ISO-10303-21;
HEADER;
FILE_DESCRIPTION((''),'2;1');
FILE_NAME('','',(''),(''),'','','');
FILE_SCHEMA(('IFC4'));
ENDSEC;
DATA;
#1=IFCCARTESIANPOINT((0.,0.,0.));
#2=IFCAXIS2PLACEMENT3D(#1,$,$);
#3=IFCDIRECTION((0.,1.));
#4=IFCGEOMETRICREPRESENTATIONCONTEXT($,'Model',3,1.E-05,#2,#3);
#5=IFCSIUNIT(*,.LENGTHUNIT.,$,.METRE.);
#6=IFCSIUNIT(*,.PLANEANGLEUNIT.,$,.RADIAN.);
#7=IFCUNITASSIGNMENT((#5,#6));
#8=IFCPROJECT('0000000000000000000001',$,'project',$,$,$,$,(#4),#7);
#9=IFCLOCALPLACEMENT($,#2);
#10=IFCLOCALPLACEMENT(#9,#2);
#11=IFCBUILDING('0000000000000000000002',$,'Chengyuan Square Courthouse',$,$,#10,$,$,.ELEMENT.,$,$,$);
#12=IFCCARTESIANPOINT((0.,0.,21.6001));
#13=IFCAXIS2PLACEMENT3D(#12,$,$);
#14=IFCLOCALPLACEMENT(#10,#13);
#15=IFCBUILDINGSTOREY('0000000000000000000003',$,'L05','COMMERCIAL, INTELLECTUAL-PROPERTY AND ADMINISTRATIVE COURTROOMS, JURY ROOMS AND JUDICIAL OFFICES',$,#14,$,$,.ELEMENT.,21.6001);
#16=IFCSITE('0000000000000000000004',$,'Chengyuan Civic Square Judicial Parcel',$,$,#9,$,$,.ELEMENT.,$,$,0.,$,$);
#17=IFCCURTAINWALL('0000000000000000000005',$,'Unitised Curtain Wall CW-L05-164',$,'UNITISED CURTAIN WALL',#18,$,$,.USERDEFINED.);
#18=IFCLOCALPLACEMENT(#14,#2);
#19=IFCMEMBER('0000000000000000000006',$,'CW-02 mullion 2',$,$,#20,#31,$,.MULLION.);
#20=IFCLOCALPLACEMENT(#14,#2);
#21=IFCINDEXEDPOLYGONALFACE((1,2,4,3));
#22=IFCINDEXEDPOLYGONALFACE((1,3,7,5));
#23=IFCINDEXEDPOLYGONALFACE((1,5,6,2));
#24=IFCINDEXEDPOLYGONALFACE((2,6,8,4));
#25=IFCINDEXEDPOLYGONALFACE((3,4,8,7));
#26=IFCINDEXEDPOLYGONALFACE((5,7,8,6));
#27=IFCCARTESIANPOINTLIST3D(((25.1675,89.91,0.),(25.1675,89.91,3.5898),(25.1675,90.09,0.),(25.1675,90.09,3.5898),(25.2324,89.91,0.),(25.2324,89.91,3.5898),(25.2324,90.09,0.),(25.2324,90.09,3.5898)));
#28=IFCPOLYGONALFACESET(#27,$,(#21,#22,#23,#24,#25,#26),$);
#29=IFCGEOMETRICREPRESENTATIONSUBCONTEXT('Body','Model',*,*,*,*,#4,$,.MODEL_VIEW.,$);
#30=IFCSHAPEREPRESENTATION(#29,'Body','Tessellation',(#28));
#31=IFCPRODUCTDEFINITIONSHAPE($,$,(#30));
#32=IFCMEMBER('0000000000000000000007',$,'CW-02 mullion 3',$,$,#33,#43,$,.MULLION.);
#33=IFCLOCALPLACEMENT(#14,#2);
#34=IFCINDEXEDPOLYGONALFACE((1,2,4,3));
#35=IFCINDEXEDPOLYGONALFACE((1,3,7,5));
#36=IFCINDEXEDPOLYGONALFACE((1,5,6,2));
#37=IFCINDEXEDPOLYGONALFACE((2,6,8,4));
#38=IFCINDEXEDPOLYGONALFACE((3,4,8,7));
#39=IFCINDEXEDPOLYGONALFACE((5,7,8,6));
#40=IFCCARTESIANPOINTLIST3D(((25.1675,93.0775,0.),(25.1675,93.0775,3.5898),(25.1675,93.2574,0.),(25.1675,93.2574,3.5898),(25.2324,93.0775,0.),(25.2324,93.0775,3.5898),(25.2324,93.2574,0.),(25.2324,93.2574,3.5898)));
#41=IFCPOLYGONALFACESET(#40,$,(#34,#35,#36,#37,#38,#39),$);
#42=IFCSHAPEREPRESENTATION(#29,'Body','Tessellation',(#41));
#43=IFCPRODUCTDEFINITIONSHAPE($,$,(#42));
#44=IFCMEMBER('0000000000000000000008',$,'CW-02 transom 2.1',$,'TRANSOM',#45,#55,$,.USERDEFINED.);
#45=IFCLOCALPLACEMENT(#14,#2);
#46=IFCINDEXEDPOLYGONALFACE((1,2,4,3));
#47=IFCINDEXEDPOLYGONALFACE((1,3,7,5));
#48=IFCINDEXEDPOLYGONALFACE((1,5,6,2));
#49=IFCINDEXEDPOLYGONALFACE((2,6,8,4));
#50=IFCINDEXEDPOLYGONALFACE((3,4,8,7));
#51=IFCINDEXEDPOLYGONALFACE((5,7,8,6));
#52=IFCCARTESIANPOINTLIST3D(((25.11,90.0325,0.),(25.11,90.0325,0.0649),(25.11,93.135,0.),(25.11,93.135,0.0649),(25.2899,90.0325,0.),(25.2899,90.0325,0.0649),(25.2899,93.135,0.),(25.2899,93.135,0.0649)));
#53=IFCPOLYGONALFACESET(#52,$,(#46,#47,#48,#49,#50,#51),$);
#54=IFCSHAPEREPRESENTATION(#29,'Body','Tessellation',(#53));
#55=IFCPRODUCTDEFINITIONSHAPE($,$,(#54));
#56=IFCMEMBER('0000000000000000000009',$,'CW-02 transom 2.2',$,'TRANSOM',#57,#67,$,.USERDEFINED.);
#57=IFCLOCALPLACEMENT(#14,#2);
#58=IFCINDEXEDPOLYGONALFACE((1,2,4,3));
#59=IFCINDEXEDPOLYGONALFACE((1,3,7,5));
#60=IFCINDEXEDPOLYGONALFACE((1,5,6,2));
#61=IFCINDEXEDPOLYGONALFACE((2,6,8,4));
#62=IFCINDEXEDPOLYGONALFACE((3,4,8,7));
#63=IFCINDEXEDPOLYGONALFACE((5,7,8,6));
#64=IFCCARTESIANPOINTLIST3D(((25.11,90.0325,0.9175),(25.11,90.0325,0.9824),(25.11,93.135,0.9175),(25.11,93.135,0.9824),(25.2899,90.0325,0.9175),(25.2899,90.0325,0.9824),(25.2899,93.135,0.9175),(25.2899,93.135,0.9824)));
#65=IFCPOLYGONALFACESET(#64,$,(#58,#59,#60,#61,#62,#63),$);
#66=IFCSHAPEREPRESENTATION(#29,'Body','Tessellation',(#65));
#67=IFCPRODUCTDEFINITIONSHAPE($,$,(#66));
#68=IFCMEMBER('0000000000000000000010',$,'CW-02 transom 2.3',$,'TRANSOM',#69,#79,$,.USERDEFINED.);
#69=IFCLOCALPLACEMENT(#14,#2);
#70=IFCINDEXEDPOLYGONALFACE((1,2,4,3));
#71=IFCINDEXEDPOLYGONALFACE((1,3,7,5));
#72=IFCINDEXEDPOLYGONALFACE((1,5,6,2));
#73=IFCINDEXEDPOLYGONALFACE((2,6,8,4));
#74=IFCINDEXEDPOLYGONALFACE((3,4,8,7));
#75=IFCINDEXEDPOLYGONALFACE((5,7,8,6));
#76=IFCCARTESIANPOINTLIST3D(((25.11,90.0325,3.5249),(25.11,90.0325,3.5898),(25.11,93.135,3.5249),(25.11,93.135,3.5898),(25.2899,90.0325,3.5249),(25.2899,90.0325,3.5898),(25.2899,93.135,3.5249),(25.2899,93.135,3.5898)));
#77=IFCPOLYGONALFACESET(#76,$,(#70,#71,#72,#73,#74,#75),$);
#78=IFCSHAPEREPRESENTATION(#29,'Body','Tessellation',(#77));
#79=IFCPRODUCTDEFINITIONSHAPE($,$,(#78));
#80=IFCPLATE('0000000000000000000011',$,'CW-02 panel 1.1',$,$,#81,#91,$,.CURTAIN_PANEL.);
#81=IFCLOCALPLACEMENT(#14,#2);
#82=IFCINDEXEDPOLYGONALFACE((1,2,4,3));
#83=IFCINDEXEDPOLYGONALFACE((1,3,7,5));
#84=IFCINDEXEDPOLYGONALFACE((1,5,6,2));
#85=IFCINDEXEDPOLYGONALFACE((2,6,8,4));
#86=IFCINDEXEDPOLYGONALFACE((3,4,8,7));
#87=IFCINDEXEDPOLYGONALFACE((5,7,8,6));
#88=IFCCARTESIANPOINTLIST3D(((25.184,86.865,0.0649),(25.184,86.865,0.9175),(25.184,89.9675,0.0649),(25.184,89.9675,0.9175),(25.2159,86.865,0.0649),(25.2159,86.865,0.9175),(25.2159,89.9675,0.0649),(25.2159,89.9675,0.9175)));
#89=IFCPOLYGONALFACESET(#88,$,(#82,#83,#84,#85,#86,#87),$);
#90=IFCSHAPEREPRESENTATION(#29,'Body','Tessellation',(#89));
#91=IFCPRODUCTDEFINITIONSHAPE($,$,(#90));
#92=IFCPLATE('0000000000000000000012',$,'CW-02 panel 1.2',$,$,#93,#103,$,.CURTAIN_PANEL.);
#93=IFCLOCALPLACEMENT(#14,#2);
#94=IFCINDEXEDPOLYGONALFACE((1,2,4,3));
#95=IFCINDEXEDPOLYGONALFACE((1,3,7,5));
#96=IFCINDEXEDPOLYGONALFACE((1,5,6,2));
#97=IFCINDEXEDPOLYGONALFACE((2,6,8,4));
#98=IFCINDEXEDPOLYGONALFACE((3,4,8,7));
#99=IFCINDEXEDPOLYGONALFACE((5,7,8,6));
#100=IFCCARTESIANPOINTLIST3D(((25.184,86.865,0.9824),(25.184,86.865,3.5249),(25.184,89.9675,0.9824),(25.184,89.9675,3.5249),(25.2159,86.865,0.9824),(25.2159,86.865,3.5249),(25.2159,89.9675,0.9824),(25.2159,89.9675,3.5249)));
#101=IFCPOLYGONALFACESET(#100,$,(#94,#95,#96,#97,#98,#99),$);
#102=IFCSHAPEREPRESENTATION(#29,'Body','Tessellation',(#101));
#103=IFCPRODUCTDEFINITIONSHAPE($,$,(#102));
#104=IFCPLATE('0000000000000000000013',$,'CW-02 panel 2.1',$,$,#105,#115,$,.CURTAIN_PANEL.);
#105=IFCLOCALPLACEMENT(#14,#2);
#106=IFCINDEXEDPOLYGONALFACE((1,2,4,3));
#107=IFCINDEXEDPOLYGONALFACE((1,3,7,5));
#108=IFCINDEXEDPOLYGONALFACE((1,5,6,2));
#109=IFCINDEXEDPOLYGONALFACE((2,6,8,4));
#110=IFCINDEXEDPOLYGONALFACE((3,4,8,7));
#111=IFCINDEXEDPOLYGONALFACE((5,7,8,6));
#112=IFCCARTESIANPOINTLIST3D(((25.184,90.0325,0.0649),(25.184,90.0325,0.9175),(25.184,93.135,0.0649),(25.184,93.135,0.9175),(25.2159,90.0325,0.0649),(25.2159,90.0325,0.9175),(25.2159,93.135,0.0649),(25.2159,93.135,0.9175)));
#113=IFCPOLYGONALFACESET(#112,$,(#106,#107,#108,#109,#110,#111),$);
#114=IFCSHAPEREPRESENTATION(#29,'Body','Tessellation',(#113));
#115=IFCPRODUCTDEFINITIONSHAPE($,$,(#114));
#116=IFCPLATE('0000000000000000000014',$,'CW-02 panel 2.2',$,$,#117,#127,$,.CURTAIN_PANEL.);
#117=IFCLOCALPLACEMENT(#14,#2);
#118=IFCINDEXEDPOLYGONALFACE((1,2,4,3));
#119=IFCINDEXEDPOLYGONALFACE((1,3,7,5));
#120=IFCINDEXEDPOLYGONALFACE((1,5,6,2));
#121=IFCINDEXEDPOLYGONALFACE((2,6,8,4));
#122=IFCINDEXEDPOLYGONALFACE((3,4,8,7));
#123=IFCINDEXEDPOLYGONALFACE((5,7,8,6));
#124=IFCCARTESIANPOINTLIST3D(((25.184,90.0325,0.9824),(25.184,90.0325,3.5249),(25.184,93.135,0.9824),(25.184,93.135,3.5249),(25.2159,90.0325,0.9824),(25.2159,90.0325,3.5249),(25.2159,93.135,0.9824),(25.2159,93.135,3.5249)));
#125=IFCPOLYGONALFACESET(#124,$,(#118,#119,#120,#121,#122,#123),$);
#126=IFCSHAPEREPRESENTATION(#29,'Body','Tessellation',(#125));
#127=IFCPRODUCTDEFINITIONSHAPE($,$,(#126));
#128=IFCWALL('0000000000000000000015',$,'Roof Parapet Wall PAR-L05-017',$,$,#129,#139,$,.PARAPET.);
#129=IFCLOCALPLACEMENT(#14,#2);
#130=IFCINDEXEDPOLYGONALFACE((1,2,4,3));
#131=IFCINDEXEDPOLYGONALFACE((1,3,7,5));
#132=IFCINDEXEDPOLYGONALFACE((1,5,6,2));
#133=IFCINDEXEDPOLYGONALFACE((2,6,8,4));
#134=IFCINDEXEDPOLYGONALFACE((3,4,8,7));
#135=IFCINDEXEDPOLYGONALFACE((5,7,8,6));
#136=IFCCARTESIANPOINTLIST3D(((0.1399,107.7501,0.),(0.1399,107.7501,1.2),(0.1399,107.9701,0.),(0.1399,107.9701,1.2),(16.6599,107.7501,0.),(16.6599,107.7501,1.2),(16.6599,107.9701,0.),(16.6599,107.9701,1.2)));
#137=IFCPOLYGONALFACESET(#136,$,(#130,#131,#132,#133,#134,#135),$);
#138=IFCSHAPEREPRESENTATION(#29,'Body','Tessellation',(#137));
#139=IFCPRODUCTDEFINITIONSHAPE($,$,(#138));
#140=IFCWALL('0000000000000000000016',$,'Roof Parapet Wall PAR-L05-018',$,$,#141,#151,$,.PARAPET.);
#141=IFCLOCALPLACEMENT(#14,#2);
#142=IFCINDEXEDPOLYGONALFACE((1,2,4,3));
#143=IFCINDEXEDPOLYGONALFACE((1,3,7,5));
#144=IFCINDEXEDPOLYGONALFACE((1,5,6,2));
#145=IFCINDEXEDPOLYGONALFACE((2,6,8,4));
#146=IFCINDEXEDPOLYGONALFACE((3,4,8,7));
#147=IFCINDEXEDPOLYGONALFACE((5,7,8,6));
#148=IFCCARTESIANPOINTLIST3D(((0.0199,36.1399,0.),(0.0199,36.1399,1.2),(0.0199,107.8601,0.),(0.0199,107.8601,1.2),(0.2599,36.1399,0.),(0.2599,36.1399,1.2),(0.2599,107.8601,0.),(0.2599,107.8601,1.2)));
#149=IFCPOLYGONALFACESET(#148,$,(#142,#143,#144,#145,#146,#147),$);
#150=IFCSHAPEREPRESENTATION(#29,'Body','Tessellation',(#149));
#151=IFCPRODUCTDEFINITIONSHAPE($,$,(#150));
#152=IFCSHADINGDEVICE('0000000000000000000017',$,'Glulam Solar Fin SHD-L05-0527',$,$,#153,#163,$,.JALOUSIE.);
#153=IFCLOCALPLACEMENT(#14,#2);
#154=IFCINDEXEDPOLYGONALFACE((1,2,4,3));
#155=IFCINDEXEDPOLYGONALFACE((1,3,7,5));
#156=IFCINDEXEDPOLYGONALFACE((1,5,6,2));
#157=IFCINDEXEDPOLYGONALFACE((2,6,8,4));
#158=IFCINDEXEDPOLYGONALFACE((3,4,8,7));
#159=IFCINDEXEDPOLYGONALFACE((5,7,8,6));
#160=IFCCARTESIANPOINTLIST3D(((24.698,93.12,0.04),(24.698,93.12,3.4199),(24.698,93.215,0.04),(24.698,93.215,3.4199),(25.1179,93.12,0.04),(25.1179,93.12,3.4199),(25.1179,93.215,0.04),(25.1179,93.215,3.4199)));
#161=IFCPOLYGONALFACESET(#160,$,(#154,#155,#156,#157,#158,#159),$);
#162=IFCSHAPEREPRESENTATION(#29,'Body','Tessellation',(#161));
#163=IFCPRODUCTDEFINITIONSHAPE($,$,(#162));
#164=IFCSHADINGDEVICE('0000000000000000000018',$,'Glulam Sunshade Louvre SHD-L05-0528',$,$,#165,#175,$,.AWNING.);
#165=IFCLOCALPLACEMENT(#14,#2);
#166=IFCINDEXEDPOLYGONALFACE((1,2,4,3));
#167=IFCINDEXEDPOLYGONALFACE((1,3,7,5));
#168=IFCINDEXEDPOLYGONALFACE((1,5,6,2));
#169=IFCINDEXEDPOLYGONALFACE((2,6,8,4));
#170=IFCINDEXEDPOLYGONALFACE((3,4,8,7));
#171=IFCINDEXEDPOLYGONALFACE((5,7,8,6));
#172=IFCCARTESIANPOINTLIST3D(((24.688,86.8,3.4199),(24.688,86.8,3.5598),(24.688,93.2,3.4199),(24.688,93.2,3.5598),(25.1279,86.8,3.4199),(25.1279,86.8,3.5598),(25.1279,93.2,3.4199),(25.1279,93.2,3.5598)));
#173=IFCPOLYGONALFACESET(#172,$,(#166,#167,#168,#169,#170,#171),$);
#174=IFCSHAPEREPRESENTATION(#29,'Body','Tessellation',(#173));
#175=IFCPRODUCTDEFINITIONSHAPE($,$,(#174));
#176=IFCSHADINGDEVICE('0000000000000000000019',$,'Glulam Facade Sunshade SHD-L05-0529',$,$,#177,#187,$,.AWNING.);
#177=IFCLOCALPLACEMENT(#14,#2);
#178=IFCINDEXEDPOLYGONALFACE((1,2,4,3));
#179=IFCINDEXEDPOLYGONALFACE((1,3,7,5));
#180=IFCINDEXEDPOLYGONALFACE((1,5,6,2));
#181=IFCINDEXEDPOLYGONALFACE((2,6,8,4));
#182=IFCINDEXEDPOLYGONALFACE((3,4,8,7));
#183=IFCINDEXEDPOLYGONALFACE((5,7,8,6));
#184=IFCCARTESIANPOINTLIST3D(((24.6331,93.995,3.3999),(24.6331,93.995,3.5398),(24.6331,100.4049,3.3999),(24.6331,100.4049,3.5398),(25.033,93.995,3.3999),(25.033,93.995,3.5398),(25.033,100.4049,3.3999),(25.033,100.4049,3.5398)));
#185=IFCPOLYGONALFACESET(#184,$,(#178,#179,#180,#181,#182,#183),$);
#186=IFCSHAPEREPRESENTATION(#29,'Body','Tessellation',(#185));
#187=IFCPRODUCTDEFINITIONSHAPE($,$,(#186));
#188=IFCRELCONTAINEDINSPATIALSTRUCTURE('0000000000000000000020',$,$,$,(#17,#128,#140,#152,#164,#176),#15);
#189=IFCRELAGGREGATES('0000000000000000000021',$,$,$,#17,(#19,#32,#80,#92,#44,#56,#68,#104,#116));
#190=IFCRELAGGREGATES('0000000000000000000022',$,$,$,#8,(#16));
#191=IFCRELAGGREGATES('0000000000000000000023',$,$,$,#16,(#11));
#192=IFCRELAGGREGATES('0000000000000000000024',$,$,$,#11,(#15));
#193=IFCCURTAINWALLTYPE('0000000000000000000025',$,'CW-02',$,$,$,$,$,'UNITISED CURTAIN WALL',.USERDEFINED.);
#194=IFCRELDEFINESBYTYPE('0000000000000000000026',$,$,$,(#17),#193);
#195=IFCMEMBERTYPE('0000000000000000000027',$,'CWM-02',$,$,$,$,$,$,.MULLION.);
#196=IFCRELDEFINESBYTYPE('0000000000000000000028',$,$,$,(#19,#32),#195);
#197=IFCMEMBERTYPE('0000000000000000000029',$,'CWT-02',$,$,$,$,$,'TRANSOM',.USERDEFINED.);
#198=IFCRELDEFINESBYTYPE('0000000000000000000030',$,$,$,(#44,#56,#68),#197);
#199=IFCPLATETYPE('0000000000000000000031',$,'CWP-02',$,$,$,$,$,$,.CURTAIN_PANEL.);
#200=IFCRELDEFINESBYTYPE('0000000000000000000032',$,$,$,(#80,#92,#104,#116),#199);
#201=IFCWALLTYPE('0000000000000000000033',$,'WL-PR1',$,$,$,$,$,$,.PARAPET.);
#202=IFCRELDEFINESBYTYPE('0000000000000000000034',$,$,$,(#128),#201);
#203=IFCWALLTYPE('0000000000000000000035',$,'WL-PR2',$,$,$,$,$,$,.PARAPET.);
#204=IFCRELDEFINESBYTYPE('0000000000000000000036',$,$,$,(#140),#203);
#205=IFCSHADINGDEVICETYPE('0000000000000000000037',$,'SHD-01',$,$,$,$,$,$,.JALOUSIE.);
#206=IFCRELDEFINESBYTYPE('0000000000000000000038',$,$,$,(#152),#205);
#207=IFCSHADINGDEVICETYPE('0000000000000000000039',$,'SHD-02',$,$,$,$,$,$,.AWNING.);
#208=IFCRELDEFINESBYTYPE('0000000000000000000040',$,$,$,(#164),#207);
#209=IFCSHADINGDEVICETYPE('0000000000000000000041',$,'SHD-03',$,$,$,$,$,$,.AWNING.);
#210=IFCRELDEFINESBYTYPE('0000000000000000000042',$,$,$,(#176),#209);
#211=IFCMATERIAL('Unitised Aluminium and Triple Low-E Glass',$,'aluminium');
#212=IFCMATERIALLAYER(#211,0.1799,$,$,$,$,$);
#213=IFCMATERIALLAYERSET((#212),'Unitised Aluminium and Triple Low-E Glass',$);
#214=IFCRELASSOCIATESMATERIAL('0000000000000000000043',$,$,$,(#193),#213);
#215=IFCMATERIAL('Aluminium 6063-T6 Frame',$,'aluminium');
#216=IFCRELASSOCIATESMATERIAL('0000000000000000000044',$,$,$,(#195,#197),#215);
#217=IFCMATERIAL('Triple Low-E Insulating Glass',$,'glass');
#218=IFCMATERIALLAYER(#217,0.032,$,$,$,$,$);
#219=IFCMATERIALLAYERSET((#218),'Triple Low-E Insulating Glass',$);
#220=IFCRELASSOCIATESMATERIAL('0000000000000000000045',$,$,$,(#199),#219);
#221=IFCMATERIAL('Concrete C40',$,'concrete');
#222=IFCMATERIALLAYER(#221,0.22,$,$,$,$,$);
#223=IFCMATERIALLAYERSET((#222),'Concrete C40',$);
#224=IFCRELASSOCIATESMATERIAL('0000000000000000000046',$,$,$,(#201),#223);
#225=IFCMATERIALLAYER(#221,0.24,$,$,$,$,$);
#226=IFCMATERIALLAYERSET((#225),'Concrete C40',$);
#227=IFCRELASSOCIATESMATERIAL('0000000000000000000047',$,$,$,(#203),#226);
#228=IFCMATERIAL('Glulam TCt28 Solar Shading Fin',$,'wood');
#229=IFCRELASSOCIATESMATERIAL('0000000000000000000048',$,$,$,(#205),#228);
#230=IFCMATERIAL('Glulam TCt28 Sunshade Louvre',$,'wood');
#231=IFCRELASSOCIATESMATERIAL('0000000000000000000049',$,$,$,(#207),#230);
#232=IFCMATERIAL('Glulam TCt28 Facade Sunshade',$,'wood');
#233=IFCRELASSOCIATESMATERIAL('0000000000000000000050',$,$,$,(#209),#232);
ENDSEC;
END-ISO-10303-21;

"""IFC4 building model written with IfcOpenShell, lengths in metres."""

from ifc_helpers import new_model, si_unit, direction, frame, frame_2d, origin, origin_2d, place, context, subcontext, project, spatial, rectangle, extrude, material, layer, layer_set, material_profile, profile_set, type_object, element, aggregate, save


model = new_model("IFC4")

# Units and contexts
model_context = context("Model", 3, precision=1e-05, world=origin(), true_north=direction((0.0, 1.0)))
body_context = subcontext(model_context, "Body", "Model", "MODEL_VIEW")
ifc_project = project(units=[si_unit("LENGTHUNIT", "METRE"), si_unit("PLANEANGLEUNIT", "RADIAN")], contexts=[model_context])

# Site, building, storey
site_placement = place(None, origin())
site = spatial("IfcSite", under=ifc_project, at=site_placement, Name="Chengyuan Civic Square Judicial Parcel", CompositionType="ELEMENT", RefElevation=0.0)
building_placement = place(site_placement, origin())
building = spatial("IfcBuilding", under=site, at=building_placement, Name="Chengyuan Square Courthouse", CompositionType="ELEMENT")
storey_placement = place(building_placement, frame((0.0, 0.0, 21.6001)))
storey = spatial("IfcBuildingStorey", under=building, at=storey_placement, Name="L05", Description="COMMERCIAL, INTELLECTUAL-PROPERTY AND ADMINISTRATIVE COURTROOMS, JURY ROOMS AND JUDICIAL OFFICES", CompositionType="ELEMENT", Elevation=21.6001)

# Curtain wall, members, plates
ifc_material_1 = material(Name="Unitised Aluminium and Triple Low-E Glass", Category="aluminium")
ifc_layer_1 = layer(ifc_material_1, 0.1799)
ifc_layer_set_1 = layer_set([ifc_layer_1], Name="Unitised Aluminium and Triple Low-E Glass")
curtain_wall_type = type_object("IfcCurtainWallType", Name="CW-02", ElementType="UNITISED CURTAIN WALL", PredefinedType="USERDEFINED", material=ifc_layer_set_1)
curtain_wall_placement = place(storey_placement, origin())
curtain_wall = element("IfcCurtainWall", 1, at=curtain_wall_placement, inside=storey, type_object=curtain_wall_type, Name="Unitised Curtain Wall CW-L05-164", ObjectType="UNITISED CURTAIN WALL", PredefinedType="USERDEFINED")
ifc_material_2 = material(Name="Aluminium 6063-T6 Frame", Category="aluminium")
ifc_material_profile_1 = material_profile(ifc_material_2, rectangle(XDim=0.0649, YDim=0.1799, at=origin_2d()), Name="CW-MUL-65x180")
ifc_profile_set_1 = profile_set([ifc_material_profile_1], Name="Aluminium 6063-T6 Frame")
member_type_1 = type_object("IfcMemberType", Name="CWM-02", PredefinedType="MULLION", material=ifc_profile_set_1)
member_1_placement = place(storey_placement, frame((25.2, 90.0, 0.0), z_axis=(0.0, 0.0, 1.0), x_axis=(-1.0, 0.0, 0.0)))
member_1 = element("IfcMember", 2, at=member_1_placement, type_object=member_type_1, Name="CW-02 mullion 2", PredefinedType="MULLION", context=body_context, shape_type="SweptSolid", body=[
    extrude(rectangle(XDim=0.0649, YDim=0.1799, at=origin_2d()), origin(), (0.0, 0.0, 1.0), 3.5898),
])
member_2_placement = place(storey_placement, frame((25.2, 93.1675, 0.0), z_axis=(0.0, 0.0, 1.0), x_axis=(-1.0, 0.0, 0.0)))
member_2 = element("IfcMember", 3, at=member_2_placement, type_object=member_type_1, Name="CW-02 mullion 3", PredefinedType="MULLION", context=body_context, shape_type="SweptSolid", body=[
    extrude(rectangle(XDim=0.0649, YDim=0.1799, at=origin_2d()), origin(), (0.0, 0.0, 1.0), 3.5898),
])
ifc_material_profile_2 = material_profile(ifc_material_2, rectangle(XDim=0.1799, YDim=0.0649, at=origin_2d()), Name="CW-TRN-65x140")
ifc_profile_set_2 = profile_set([ifc_material_profile_2], Name="Aluminium 6063-T6 Frame")
member_type_2 = type_object("IfcMemberType", Name="CWT-02", ElementType="TRANSOM", PredefinedType="USERDEFINED", material=ifc_profile_set_2)
member_3_placement = place(storey_placement, frame((25.2, 90.0325, 0.0325), z_axis=(0.0, 1.0, 0.0), x_axis=(-1.0, 0.0, 0.0)))
member_3 = element("IfcMember", 4, at=member_3_placement, type_object=member_type_2, Name="CW-02 transom 2.1", ObjectType="TRANSOM", PredefinedType="USERDEFINED", context=body_context, shape_type="SweptSolid", body=[
    extrude(rectangle(XDim=0.1799, YDim=0.0649, at=origin_2d()), origin(), (0.0, 0.0, 1.0), 3.1025),
])
member_4_placement = place(storey_placement, frame((25.2, 90.0325, 0.95), z_axis=(0.0, 1.0, 0.0), x_axis=(-1.0, 0.0, 0.0)))
member_4 = element("IfcMember", 5, at=member_4_placement, type_object=member_type_2, Name="CW-02 transom 2.2", ObjectType="TRANSOM", PredefinedType="USERDEFINED", context=body_context, shape_type="SweptSolid", body=[
    extrude(rectangle(XDim=0.1799, YDim=0.0649, at=origin_2d()), origin(), (0.0, 0.0, 1.0), 3.1025),
])
member_5_placement = place(storey_placement, frame((25.2, 90.0325, 3.5574), z_axis=(0.0, 1.0, 0.0), x_axis=(-1.0, 0.0, 0.0)))
member_5 = element("IfcMember", 6, at=member_5_placement, type_object=member_type_2, Name="CW-02 transom 2.3", ObjectType="TRANSOM", PredefinedType="USERDEFINED", context=body_context, shape_type="SweptSolid", body=[
    extrude(rectangle(XDim=0.1799, YDim=0.0649, at=origin_2d()), origin(), (0.0, 0.0, 1.0), 3.1025),
])
ifc_material_3 = material(Name="Triple Low-E Insulating Glass", Category="glass")
ifc_layer_2 = layer(ifc_material_3, 0.032)
ifc_layer_set_2 = layer_set([ifc_layer_2], Name="Triple Low-E Insulating Glass")
plate_type = type_object("IfcPlateType", Name="CWP-02", PredefinedType="CURTAIN_PANEL", material=ifc_layer_set_2)
plate_1_placement = place(storey_placement, frame((25.2, 88.4163, 0.0649), z_axis=(0.0, 0.0, 1.0), x_axis=(0.0, 1.0, 0.0)))
plate_1 = element("IfcPlate", 7, at=plate_1_placement, type_object=plate_type, Name="CW-02 panel 1.1", PredefinedType="CURTAIN_PANEL", context=body_context, shape_type="SweptSolid", body=[
    extrude(rectangle(XDim=3.1025, YDim=0.032, at=origin_2d()), origin(), (0.0, 0.0, 1.0), 0.8525),
])
plate_2_placement = place(storey_placement, frame((25.2, 88.4163, 0.9824), z_axis=(0.0, 0.0, 1.0), x_axis=(0.0, 1.0, 0.0)))
plate_2 = element("IfcPlate", 8, at=plate_2_placement, type_object=plate_type, Name="CW-02 panel 1.2", PredefinedType="CURTAIN_PANEL", context=body_context, shape_type="SweptSolid", body=[
    extrude(rectangle(XDim=3.1025, YDim=0.032, at=origin_2d()), origin(), (0.0, 0.0, 1.0), 2.5425),
])
plate_3_placement = place(storey_placement, frame((25.2, 91.5837, 0.0649), z_axis=(0.0, 0.0, 1.0), x_axis=(0.0, 1.0, 0.0)))
plate_3 = element("IfcPlate", 9, at=plate_3_placement, type_object=plate_type, Name="CW-02 panel 2.1", PredefinedType="CURTAIN_PANEL", context=body_context, shape_type="SweptSolid", body=[
    extrude(rectangle(XDim=3.1025, YDim=0.032, at=origin_2d()), origin(), (0.0, 0.0, 1.0), 0.8525),
])
plate_4_placement = place(storey_placement, frame((25.2, 91.5837, 0.9824), z_axis=(0.0, 0.0, 1.0), x_axis=(0.0, 1.0, 0.0)))
plate_4 = element("IfcPlate", 10, at=plate_4_placement, type_object=plate_type, Name="CW-02 panel 2.2", PredefinedType="CURTAIN_PANEL", context=body_context, shape_type="SweptSolid", body=[
    extrude(rectangle(XDim=3.1025, YDim=0.032, at=origin_2d()), origin(), (0.0, 0.0, 1.0), 2.5425),
])
aggregate(curtain_wall, [member_1, member_2, plate_1, plate_2, member_3, member_4, member_5, plate_3, plate_4])

# Walls
ifc_material_4 = material(Name="Concrete C40", Category="concrete")
ifc_layer_3 = layer(ifc_material_4, 0.22)
ifc_layer_set_3 = layer_set([ifc_layer_3], Name="Concrete C40")
wall_type_1 = type_object("IfcWallType", Name="WL-PR1", PredefinedType="PARAPET", material=ifc_layer_set_3)
wall_1_placement = place(storey_placement, frame((16.6599, 107.8601, 0.0), z_axis=(0.0, 0.0, 1.0), x_axis=(-1.0, 0.0, 0.0)))
element("IfcWall", 11, at=wall_1_placement, inside=storey, type_object=wall_type_1, Name="Roof Parapet Wall PAR-L05-017", PredefinedType="PARAPET", context=body_context, shape_type="SweptSolid", body=[
    extrude(rectangle(XDim=16.52, YDim=0.22, at=frame_2d((8.26, 0.0))), origin(), (0.0, 0.0, 1.0), 1.2),
])
ifc_layer_4 = layer(ifc_material_4, 0.24)
ifc_layer_set_4 = layer_set([ifc_layer_4], Name="Concrete C40")
wall_type_2 = type_object("IfcWallType", Name="WL-PR2", PredefinedType="PARAPET", material=ifc_layer_set_4)
wall_2_placement = place(storey_placement, frame((0.1399, 107.8601, 0.0), z_axis=(0.0, 0.0, 1.0), x_axis=(0.0, -1.0, 0.0)))
element("IfcWall", 12, at=wall_2_placement, inside=storey, type_object=wall_type_2, Name="Roof Parapet Wall PAR-L05-018", PredefinedType="PARAPET", context=body_context, shape_type="SweptSolid", body=[
    extrude(rectangle(XDim=71.7202, YDim=0.24, at=frame_2d((35.8601, 0.0))), origin(), (0.0, 0.0, 1.0), 1.2),
])

# Shading devices
ifc_material_5 = material(Name="Glulam TCt28 Solar Shading Fin", Category="wood")
shading_device_type_1 = type_object("IfcShadingDeviceType", Name="SHD-01", PredefinedType="JALOUSIE", material=ifc_material_5)
shading_device_1_placement = place(storey_placement, frame((24.908, 93.1675, 0.04), z_axis=(0.0, 0.0, 1.0), x_axis=(1.0, 0.0, 0.0)))
element("IfcShadingDevice", 13, at=shading_device_1_placement, inside=storey, type_object=shading_device_type_1, Name="Glulam Solar Fin SHD-L05-0527", PredefinedType="JALOUSIE", context=body_context, shape_type="SweptSolid", body=[
    extrude(rectangle(XDim=0.4199, YDim=0.095, at=origin_2d()), origin(), (0.0, 0.0, 1.0), 3.3799),
])
ifc_material_6 = material(Name="Glulam TCt28 Sunshade Louvre", Category="wood")
shading_device_type_2 = type_object("IfcShadingDeviceType", Name="SHD-02", PredefinedType="AWNING", material=ifc_material_6)
shading_device_2_placement = place(storey_placement, frame((24.908, 90.0, 3.4199), z_axis=(0.0, 0.0, 1.0), x_axis=(0.0, 1.0, 0.0)))
element("IfcShadingDevice", 14, at=shading_device_2_placement, inside=storey, type_object=shading_device_type_2, Name="Glulam Sunshade Louvre SHD-L05-0528", PredefinedType="AWNING", context=body_context, shape_type="SweptSolid", body=[
    extrude(rectangle(XDim=6.3999, YDim=0.4399, at=origin_2d()), origin(), (0.0, 0.0, 1.0), 0.1399),
])
ifc_material_7 = material(Name="Glulam TCt28 Facade Sunshade", Category="wood")
shading_device_type_3 = type_object("IfcShadingDeviceType", Name="SHD-03", PredefinedType="AWNING", material=ifc_material_7)
for number, where, z_axis, x_axis, name in (
    (15, (24.833, 97.2, 3.3999), (0.0, 0.0, 1.0), (0.0, 1.0, 0.0), "Glulam Facade Sunshade SHD-L05-0529"),
):
    element("IfcShadingDevice", number, at=place(storey_placement, frame(where, z_axis=z_axis, x_axis=x_axis)), inside=storey, type_object=shading_device_type_3, Name=name, PredefinedType="AWNING", context=body_context, shape_type="SweptSolid", body=[
        extrude(rectangle(XDim=6.4099, YDim=0.3999, at=origin_2d()), origin(), (0.0, 0.0, 1.0), 0.1399),
    ])

save(model, "model.ifc")
